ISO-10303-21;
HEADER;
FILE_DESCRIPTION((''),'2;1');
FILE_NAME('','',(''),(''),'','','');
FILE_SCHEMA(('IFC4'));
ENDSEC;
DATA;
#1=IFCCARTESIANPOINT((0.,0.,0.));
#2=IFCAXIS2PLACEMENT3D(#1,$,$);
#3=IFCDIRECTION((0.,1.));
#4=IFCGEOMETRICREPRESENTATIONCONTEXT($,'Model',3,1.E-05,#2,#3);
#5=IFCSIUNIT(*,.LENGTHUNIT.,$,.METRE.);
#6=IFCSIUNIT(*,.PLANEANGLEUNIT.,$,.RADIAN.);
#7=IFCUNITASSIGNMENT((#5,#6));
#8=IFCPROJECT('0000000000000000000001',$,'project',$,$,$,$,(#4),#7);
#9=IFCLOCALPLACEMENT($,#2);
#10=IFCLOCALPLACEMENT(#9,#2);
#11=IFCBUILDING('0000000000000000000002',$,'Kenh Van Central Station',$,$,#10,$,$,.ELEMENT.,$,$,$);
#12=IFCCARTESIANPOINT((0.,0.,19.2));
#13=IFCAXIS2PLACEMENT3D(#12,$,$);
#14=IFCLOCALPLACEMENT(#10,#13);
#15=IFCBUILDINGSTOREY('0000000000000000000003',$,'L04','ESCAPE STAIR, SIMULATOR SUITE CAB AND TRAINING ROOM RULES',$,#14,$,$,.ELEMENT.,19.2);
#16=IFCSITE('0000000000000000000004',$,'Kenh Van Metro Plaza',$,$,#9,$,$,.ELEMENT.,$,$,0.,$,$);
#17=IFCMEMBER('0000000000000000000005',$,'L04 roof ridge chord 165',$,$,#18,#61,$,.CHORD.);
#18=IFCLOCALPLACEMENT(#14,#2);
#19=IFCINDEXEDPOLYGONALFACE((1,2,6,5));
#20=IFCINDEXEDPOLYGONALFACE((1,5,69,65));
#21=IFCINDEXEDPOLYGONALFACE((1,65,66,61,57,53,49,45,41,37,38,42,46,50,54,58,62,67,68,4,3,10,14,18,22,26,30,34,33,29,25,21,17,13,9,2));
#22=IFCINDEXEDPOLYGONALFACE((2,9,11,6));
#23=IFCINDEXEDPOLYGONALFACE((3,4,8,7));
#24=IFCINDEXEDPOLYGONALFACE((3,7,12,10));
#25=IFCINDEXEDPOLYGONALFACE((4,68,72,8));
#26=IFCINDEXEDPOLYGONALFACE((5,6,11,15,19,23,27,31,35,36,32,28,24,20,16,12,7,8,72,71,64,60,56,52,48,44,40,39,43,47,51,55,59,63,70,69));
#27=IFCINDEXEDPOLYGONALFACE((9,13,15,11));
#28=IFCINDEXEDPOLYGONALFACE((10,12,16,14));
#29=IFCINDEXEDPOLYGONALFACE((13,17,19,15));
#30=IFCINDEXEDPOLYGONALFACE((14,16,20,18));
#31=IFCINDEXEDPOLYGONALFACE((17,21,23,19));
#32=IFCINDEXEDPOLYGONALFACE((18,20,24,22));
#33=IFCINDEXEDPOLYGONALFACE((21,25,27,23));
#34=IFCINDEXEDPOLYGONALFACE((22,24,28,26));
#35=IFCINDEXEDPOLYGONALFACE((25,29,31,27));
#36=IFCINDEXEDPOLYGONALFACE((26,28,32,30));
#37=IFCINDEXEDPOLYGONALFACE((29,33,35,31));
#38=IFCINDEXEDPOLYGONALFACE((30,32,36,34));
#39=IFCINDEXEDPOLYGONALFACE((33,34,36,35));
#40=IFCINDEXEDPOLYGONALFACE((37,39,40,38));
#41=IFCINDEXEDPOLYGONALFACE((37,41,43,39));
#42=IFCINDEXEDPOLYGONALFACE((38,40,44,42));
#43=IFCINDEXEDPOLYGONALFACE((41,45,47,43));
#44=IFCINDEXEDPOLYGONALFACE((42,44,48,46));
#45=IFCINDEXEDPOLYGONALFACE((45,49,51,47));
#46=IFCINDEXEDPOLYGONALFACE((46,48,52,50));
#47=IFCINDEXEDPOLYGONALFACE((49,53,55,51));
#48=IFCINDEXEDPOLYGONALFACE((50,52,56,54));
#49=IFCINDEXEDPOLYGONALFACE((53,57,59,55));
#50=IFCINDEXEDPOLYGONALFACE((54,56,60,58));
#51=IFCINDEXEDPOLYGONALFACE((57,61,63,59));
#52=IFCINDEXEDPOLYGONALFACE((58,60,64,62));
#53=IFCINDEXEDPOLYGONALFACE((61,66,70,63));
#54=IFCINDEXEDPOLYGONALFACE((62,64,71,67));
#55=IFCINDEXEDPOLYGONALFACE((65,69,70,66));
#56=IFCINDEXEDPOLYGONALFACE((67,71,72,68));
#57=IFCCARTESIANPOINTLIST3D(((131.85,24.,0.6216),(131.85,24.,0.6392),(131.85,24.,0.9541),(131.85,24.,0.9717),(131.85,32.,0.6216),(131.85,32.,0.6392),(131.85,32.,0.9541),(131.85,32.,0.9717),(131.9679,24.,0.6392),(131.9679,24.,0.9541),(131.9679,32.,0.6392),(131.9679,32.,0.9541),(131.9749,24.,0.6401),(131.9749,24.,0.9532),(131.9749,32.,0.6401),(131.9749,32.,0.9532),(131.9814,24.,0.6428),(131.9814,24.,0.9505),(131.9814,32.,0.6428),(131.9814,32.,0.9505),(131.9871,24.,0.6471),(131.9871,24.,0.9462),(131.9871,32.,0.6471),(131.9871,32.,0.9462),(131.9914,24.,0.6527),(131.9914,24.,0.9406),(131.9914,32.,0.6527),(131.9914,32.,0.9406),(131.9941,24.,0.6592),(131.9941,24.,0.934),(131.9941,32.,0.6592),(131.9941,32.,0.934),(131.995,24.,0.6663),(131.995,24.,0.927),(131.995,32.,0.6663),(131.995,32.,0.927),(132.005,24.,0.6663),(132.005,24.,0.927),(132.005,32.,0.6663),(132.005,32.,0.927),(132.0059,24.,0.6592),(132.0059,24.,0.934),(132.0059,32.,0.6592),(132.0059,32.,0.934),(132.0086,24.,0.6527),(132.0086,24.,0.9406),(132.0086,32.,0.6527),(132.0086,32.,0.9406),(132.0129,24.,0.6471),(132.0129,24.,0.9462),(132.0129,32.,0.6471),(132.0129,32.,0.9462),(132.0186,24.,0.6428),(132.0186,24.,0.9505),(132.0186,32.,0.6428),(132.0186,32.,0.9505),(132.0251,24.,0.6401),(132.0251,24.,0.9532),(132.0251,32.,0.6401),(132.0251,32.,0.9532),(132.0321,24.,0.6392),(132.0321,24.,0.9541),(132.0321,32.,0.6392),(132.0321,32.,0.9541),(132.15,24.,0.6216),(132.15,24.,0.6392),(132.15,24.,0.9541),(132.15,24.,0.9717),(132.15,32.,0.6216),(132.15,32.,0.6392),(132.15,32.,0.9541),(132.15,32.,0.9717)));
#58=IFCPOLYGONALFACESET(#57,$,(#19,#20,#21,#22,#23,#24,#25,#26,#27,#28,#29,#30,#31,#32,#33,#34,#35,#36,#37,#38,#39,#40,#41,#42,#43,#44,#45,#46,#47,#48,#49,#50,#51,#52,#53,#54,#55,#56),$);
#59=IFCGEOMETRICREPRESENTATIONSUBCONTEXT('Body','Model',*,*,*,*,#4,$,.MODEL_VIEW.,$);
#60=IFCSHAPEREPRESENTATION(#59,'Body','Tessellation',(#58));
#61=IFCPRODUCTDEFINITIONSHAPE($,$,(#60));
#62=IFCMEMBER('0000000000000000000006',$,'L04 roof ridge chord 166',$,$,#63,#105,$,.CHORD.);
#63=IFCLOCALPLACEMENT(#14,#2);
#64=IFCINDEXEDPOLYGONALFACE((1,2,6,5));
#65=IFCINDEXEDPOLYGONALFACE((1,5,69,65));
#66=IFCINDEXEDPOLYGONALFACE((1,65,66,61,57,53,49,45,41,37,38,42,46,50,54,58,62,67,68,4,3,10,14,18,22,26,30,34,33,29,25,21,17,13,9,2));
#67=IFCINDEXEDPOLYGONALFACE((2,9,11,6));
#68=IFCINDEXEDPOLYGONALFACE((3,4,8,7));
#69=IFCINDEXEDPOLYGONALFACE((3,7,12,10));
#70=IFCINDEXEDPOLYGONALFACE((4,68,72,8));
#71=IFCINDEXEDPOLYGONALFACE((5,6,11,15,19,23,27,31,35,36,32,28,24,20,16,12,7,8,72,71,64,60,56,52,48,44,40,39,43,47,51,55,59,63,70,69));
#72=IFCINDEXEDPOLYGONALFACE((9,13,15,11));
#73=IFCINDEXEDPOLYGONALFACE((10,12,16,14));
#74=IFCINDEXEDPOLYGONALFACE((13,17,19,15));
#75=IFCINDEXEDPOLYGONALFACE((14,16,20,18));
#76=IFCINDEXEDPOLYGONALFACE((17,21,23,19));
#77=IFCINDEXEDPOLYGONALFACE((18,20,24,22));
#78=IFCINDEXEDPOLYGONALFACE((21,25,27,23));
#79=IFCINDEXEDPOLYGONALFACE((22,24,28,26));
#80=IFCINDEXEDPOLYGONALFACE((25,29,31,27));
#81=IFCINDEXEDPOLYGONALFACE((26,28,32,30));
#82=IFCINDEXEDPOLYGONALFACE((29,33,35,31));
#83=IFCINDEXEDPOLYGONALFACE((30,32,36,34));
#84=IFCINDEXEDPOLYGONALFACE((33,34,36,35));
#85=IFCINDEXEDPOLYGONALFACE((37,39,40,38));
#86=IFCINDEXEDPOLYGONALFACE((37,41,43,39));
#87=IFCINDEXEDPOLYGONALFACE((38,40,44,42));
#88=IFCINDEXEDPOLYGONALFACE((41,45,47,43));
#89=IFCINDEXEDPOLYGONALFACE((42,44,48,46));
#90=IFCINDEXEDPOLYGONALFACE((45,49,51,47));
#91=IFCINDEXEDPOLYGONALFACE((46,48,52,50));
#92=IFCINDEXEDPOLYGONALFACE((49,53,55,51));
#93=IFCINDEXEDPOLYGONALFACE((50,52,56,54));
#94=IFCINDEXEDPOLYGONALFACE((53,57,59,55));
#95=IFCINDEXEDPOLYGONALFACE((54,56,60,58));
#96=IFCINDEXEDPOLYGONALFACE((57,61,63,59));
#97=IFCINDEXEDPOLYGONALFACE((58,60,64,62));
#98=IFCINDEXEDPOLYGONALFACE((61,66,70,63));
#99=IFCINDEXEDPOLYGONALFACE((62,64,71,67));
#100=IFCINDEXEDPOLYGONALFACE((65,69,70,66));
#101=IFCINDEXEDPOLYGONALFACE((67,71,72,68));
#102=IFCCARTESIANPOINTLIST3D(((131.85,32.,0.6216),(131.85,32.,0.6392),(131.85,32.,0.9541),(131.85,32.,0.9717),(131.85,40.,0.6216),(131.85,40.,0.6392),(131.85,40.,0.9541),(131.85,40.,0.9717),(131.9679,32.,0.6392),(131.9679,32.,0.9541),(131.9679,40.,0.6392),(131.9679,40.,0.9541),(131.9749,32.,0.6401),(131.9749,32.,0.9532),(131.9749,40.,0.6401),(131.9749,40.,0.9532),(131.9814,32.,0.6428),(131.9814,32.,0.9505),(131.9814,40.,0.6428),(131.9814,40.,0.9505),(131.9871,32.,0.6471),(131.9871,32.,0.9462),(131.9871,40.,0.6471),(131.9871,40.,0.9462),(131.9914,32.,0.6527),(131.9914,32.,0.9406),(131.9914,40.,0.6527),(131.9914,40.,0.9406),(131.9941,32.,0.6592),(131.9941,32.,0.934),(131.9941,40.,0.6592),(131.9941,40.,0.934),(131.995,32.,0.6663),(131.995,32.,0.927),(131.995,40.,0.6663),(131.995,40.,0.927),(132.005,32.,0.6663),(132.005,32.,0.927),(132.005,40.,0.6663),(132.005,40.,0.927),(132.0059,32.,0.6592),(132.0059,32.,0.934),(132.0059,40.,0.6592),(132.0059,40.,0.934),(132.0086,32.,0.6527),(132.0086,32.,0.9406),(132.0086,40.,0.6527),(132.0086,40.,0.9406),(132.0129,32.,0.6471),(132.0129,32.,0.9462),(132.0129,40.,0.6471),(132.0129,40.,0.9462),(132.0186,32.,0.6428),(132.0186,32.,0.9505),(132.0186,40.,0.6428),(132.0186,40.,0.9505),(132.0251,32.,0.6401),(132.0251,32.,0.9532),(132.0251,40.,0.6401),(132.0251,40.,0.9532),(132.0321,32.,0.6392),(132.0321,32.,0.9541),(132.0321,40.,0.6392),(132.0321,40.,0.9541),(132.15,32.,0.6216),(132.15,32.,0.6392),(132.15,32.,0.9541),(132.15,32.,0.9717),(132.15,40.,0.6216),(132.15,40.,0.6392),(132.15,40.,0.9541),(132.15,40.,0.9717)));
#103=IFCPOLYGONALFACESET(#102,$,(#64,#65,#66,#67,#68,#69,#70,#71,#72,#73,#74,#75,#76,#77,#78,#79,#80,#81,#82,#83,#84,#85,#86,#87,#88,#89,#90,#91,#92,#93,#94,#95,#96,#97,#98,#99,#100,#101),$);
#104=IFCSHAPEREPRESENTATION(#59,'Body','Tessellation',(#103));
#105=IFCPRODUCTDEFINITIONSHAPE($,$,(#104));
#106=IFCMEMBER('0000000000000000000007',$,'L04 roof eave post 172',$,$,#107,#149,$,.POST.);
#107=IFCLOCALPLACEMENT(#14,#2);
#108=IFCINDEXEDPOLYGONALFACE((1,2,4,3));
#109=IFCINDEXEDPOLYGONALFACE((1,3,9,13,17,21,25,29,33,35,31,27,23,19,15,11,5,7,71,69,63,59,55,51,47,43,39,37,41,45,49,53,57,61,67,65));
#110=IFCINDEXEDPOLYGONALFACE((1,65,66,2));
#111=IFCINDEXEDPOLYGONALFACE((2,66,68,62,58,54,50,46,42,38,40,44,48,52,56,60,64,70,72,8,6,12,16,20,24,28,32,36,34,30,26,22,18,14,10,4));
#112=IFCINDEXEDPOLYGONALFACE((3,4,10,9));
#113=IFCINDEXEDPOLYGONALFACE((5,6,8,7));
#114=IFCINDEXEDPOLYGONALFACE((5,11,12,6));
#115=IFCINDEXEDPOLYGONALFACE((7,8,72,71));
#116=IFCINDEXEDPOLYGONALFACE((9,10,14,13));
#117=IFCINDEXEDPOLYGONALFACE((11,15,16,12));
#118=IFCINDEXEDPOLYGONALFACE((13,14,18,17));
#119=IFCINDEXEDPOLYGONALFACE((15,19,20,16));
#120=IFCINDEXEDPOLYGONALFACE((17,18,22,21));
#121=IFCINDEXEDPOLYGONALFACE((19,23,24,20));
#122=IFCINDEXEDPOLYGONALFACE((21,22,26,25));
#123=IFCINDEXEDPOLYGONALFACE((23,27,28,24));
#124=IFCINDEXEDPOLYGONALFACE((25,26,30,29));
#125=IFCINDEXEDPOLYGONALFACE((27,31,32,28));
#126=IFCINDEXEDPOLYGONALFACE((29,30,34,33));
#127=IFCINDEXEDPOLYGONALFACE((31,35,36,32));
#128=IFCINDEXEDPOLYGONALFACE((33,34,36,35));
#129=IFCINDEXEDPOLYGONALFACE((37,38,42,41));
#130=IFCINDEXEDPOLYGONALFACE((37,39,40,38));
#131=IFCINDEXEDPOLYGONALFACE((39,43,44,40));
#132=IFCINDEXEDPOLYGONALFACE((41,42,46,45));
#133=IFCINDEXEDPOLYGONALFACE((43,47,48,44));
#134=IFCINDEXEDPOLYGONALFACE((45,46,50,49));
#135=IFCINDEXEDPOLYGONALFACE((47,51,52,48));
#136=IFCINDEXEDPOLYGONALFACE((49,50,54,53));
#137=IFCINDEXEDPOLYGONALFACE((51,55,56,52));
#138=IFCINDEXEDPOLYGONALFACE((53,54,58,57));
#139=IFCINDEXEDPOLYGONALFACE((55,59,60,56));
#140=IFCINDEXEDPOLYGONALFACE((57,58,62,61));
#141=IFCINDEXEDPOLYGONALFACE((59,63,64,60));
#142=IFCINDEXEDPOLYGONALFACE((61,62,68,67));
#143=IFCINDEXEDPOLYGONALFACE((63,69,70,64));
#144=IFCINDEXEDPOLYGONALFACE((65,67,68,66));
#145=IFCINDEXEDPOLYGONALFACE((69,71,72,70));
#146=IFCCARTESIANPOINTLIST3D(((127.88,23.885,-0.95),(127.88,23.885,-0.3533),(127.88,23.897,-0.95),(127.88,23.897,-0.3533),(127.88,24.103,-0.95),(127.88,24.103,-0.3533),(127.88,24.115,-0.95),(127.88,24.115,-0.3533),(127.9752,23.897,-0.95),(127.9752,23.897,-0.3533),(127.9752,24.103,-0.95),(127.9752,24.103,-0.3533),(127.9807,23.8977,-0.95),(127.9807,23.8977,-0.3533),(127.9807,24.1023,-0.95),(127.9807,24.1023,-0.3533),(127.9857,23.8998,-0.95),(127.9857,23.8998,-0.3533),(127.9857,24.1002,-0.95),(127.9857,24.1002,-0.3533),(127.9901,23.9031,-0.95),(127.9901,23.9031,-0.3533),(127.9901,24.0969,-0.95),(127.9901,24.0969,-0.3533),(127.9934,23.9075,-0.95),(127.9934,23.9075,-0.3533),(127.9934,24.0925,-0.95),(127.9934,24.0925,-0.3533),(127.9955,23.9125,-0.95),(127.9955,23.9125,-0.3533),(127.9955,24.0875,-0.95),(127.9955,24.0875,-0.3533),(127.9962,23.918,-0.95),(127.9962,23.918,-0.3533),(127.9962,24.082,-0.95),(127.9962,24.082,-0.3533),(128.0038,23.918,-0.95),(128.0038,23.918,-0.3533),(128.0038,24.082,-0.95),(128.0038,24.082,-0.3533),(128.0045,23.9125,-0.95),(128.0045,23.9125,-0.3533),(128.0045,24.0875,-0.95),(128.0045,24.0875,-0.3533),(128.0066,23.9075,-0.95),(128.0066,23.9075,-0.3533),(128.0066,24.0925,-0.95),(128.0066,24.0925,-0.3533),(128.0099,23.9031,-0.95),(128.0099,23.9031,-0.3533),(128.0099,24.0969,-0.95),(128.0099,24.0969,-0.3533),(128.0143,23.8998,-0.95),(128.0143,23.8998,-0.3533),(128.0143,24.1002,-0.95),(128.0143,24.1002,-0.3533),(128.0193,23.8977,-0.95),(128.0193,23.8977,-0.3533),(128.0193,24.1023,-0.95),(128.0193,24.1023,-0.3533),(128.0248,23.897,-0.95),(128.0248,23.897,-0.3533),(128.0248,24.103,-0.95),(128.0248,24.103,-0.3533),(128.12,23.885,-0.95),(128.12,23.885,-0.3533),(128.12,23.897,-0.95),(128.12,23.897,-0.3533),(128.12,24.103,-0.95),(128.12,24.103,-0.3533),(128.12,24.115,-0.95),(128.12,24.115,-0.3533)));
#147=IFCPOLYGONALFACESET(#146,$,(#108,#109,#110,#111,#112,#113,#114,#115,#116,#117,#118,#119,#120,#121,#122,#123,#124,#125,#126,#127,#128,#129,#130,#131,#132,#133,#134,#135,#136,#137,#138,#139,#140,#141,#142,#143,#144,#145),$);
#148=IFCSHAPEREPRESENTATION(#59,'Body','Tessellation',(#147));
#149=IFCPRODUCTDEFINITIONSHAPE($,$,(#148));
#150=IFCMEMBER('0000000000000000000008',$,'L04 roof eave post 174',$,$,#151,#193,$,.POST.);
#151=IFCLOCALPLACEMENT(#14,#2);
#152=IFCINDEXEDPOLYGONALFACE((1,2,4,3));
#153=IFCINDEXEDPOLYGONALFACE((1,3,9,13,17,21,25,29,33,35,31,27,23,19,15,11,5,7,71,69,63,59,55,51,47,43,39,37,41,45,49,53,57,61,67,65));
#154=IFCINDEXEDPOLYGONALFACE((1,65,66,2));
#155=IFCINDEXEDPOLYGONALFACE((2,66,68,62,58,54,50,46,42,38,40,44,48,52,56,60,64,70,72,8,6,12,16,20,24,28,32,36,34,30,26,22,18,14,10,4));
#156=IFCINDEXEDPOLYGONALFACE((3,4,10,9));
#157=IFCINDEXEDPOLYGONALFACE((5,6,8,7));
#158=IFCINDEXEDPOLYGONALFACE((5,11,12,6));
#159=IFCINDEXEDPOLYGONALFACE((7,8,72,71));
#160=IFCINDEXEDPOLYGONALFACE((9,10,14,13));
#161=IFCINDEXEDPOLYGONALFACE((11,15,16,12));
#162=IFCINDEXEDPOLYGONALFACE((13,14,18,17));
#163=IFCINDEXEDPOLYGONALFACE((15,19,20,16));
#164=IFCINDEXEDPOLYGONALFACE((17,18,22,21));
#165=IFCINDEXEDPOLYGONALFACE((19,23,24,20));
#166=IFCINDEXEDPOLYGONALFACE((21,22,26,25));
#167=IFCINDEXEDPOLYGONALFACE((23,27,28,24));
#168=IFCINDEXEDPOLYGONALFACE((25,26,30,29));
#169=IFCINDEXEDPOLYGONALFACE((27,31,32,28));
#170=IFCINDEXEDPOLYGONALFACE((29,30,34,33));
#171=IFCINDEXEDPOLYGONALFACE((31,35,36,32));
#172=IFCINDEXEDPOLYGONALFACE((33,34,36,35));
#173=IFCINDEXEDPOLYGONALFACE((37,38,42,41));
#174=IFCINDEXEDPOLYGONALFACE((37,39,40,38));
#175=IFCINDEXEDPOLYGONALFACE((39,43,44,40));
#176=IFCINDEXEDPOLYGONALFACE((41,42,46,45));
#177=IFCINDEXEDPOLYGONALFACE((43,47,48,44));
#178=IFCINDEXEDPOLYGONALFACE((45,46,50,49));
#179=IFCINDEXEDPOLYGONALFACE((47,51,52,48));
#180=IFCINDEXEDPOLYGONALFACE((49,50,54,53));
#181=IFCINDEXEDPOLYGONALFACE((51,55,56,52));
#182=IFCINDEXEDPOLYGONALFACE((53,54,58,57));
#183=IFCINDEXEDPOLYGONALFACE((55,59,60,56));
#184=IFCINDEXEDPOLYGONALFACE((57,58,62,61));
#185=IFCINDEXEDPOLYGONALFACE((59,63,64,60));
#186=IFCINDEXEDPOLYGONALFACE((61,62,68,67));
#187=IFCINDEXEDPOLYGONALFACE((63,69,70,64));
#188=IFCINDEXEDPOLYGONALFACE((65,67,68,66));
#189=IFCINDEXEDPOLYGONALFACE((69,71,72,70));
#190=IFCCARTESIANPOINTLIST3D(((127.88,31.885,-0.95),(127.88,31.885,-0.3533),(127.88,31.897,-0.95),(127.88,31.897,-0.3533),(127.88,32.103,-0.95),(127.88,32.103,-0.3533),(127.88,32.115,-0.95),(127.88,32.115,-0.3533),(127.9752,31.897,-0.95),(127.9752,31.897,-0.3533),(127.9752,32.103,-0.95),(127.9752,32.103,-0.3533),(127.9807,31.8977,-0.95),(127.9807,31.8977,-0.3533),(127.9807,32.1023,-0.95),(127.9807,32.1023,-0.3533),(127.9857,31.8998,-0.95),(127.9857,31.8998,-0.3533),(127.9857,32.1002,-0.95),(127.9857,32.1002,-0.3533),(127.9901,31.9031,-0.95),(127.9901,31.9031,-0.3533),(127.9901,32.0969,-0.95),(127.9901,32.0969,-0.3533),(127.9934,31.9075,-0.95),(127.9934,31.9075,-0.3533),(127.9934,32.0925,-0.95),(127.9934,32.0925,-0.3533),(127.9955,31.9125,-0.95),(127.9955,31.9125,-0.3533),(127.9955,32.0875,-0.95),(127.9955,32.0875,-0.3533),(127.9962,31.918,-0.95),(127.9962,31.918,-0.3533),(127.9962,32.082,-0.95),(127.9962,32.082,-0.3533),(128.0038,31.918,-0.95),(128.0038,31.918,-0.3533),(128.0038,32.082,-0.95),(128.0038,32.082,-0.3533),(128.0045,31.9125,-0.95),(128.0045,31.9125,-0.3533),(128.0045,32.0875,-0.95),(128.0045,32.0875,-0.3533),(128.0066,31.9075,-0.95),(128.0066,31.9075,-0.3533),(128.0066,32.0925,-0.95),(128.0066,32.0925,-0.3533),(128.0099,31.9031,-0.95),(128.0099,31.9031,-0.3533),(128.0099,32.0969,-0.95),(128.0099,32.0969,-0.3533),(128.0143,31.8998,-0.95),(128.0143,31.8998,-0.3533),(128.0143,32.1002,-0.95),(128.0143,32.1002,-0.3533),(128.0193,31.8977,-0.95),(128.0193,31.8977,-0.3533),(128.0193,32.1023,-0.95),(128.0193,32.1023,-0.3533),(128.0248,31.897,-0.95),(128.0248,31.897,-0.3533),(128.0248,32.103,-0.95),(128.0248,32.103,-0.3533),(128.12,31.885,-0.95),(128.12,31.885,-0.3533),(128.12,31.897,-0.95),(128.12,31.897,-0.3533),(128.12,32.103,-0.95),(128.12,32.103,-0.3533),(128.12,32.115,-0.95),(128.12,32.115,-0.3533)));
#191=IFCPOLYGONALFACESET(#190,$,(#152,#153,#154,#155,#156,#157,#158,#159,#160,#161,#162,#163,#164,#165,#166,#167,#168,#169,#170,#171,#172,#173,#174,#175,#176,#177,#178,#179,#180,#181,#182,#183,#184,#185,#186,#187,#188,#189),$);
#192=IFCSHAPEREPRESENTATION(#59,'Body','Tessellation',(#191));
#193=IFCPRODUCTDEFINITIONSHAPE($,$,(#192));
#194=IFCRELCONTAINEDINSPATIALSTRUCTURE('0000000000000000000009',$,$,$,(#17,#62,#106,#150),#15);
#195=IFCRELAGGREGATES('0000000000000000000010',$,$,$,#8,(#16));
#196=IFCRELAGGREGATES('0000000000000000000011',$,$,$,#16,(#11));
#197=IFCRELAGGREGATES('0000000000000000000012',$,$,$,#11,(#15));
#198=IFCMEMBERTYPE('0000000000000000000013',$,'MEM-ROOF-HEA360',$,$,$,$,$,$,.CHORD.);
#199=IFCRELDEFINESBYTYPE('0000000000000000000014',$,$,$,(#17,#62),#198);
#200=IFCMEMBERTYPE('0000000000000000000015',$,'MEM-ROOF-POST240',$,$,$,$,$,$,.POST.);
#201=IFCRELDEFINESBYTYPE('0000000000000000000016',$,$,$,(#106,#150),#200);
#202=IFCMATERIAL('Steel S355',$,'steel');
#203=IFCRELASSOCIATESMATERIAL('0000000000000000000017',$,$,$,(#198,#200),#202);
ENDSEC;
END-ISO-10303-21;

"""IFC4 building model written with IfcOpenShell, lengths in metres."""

from ifc_helpers import new_model, si_unit, direction, frame, origin, origin_2d, place, context, subcontext, project, spatial, i_section, extrude, material, material_profile, profile_set, type_object, element, save


model = new_model("IFC4")

# Units and contexts
model_context = context("Model", 3, precision=1e-05, world=origin(), true_north=direction((0.0, 1.0)))
body_context = subcontext(model_context, "Body", "Model", "MODEL_VIEW")
ifc_project = project(units=[si_unit("LENGTHUNIT", "METRE"), si_unit("PLANEANGLEUNIT", "RADIAN")], contexts=[model_context])

# Site, building, storey
site_placement = place(None, origin())
site = spatial("IfcSite", under=ifc_project, at=site_placement, Name="Kenh Van Metro Plaza", CompositionType="ELEMENT", RefElevation=0.0)
building_placement = place(site_placement, origin())
building = spatial("IfcBuilding", under=site, at=building_placement, Name="Kenh Van Central Station", CompositionType="ELEMENT")
storey_placement = place(building_placement, frame((0.0, 0.0, 19.2)))
storey = spatial("IfcBuildingStorey", under=building, at=storey_placement, Name="L04", Description="ESCAPE STAIR, SIMULATOR SUITE CAB AND TRAINING ROOM RULES", CompositionType="ELEMENT", Elevation=19.2)

# Shared definitions
ifc_material_1 = material(Name="Steel S355", Category="steel")

# Members
ifc_material_profile_1 = material_profile(ifc_material_1, i_section(OverallWidth=0.3, OverallDepth=0.3501, WebThickness=0.01, FlangeThickness=0.0176, FilletRadius=0.0271, at=origin_2d()), Name="HEA 360")
ifc_profile_set_1 = profile_set([ifc_material_profile_1], Name="Steel S355")
member_type_1 = type_object("IfcMemberType", Name="MEM-ROOF-HEA360", PredefinedType="CHORD", material=ifc_profile_set_1)
for number, where, z_axis, x_axis, name in (
    (1, (132.0, 24.0, 0.7966), (0.0, 1.0, 0.0), (-1.0, 0.0, 0.0), "L04 roof ridge chord 165"),
    (2, (132.0, 32.0, 0.7966), (0.0, 1.0, 0.0), (-1.0, 0.0, 0.0), "L04 roof ridge chord 166"),
):
    element("IfcMember", number, at=place(storey_placement, frame(where, z_axis=z_axis, x_axis=x_axis)), inside=storey, type_object=member_type_1, Name=name, PredefinedType="CHORD", context=body_context, shape_type="SweptSolid", body=[
        extrude(i_section(OverallWidth=0.3, OverallDepth=0.3501, WebThickness=0.01, FlangeThickness=0.0176, FilletRadius=0.0271, at=origin_2d()), origin(), (0.0, 0.0, 1.0), 8.0),
    ])
ifc_material_profile_2 = material_profile(ifc_material_1, i_section(OverallWidth=0.24, OverallDepth=0.23, WebThickness=0.0076, FlangeThickness=0.012, FilletRadius=0.021, at=origin_2d()), Name="HEA 240")
ifc_profile_set_2 = profile_set([ifc_material_profile_2], Name="Steel S355")
member_type_2 = type_object("IfcMemberType", Name="MEM-ROOF-POST240", PredefinedType="POST", material=ifc_profile_set_2)
for number, where, z_axis, x_axis, name in (
    (3, (128.0, 24.0, -0.95), (0.0, 0.0, 1.0), (1.0, 0.0, 0.0), "L04 roof eave post 172"),
    (4, (128.0, 32.0, -0.95), (0.0, 0.0, 1.0), (1.0, 0.0, 0.0), "L04 roof eave post 174"),
):
    element("IfcMember", number, at=place(storey_placement, frame(where, z_axis=z_axis, x_axis=x_axis)), inside=storey, type_object=member_type_2, Name=name, PredefinedType="POST", context=body_context, shape_type="SweptSolid", body=[
        extrude(i_section(OverallWidth=0.24, OverallDepth=0.23, WebThickness=0.0076, FlangeThickness=0.012, FilletRadius=0.021, at=origin_2d()), origin(), (0.0, 0.0, 1.0), 0.5967),
    ])

save(model, "model.ifc")
